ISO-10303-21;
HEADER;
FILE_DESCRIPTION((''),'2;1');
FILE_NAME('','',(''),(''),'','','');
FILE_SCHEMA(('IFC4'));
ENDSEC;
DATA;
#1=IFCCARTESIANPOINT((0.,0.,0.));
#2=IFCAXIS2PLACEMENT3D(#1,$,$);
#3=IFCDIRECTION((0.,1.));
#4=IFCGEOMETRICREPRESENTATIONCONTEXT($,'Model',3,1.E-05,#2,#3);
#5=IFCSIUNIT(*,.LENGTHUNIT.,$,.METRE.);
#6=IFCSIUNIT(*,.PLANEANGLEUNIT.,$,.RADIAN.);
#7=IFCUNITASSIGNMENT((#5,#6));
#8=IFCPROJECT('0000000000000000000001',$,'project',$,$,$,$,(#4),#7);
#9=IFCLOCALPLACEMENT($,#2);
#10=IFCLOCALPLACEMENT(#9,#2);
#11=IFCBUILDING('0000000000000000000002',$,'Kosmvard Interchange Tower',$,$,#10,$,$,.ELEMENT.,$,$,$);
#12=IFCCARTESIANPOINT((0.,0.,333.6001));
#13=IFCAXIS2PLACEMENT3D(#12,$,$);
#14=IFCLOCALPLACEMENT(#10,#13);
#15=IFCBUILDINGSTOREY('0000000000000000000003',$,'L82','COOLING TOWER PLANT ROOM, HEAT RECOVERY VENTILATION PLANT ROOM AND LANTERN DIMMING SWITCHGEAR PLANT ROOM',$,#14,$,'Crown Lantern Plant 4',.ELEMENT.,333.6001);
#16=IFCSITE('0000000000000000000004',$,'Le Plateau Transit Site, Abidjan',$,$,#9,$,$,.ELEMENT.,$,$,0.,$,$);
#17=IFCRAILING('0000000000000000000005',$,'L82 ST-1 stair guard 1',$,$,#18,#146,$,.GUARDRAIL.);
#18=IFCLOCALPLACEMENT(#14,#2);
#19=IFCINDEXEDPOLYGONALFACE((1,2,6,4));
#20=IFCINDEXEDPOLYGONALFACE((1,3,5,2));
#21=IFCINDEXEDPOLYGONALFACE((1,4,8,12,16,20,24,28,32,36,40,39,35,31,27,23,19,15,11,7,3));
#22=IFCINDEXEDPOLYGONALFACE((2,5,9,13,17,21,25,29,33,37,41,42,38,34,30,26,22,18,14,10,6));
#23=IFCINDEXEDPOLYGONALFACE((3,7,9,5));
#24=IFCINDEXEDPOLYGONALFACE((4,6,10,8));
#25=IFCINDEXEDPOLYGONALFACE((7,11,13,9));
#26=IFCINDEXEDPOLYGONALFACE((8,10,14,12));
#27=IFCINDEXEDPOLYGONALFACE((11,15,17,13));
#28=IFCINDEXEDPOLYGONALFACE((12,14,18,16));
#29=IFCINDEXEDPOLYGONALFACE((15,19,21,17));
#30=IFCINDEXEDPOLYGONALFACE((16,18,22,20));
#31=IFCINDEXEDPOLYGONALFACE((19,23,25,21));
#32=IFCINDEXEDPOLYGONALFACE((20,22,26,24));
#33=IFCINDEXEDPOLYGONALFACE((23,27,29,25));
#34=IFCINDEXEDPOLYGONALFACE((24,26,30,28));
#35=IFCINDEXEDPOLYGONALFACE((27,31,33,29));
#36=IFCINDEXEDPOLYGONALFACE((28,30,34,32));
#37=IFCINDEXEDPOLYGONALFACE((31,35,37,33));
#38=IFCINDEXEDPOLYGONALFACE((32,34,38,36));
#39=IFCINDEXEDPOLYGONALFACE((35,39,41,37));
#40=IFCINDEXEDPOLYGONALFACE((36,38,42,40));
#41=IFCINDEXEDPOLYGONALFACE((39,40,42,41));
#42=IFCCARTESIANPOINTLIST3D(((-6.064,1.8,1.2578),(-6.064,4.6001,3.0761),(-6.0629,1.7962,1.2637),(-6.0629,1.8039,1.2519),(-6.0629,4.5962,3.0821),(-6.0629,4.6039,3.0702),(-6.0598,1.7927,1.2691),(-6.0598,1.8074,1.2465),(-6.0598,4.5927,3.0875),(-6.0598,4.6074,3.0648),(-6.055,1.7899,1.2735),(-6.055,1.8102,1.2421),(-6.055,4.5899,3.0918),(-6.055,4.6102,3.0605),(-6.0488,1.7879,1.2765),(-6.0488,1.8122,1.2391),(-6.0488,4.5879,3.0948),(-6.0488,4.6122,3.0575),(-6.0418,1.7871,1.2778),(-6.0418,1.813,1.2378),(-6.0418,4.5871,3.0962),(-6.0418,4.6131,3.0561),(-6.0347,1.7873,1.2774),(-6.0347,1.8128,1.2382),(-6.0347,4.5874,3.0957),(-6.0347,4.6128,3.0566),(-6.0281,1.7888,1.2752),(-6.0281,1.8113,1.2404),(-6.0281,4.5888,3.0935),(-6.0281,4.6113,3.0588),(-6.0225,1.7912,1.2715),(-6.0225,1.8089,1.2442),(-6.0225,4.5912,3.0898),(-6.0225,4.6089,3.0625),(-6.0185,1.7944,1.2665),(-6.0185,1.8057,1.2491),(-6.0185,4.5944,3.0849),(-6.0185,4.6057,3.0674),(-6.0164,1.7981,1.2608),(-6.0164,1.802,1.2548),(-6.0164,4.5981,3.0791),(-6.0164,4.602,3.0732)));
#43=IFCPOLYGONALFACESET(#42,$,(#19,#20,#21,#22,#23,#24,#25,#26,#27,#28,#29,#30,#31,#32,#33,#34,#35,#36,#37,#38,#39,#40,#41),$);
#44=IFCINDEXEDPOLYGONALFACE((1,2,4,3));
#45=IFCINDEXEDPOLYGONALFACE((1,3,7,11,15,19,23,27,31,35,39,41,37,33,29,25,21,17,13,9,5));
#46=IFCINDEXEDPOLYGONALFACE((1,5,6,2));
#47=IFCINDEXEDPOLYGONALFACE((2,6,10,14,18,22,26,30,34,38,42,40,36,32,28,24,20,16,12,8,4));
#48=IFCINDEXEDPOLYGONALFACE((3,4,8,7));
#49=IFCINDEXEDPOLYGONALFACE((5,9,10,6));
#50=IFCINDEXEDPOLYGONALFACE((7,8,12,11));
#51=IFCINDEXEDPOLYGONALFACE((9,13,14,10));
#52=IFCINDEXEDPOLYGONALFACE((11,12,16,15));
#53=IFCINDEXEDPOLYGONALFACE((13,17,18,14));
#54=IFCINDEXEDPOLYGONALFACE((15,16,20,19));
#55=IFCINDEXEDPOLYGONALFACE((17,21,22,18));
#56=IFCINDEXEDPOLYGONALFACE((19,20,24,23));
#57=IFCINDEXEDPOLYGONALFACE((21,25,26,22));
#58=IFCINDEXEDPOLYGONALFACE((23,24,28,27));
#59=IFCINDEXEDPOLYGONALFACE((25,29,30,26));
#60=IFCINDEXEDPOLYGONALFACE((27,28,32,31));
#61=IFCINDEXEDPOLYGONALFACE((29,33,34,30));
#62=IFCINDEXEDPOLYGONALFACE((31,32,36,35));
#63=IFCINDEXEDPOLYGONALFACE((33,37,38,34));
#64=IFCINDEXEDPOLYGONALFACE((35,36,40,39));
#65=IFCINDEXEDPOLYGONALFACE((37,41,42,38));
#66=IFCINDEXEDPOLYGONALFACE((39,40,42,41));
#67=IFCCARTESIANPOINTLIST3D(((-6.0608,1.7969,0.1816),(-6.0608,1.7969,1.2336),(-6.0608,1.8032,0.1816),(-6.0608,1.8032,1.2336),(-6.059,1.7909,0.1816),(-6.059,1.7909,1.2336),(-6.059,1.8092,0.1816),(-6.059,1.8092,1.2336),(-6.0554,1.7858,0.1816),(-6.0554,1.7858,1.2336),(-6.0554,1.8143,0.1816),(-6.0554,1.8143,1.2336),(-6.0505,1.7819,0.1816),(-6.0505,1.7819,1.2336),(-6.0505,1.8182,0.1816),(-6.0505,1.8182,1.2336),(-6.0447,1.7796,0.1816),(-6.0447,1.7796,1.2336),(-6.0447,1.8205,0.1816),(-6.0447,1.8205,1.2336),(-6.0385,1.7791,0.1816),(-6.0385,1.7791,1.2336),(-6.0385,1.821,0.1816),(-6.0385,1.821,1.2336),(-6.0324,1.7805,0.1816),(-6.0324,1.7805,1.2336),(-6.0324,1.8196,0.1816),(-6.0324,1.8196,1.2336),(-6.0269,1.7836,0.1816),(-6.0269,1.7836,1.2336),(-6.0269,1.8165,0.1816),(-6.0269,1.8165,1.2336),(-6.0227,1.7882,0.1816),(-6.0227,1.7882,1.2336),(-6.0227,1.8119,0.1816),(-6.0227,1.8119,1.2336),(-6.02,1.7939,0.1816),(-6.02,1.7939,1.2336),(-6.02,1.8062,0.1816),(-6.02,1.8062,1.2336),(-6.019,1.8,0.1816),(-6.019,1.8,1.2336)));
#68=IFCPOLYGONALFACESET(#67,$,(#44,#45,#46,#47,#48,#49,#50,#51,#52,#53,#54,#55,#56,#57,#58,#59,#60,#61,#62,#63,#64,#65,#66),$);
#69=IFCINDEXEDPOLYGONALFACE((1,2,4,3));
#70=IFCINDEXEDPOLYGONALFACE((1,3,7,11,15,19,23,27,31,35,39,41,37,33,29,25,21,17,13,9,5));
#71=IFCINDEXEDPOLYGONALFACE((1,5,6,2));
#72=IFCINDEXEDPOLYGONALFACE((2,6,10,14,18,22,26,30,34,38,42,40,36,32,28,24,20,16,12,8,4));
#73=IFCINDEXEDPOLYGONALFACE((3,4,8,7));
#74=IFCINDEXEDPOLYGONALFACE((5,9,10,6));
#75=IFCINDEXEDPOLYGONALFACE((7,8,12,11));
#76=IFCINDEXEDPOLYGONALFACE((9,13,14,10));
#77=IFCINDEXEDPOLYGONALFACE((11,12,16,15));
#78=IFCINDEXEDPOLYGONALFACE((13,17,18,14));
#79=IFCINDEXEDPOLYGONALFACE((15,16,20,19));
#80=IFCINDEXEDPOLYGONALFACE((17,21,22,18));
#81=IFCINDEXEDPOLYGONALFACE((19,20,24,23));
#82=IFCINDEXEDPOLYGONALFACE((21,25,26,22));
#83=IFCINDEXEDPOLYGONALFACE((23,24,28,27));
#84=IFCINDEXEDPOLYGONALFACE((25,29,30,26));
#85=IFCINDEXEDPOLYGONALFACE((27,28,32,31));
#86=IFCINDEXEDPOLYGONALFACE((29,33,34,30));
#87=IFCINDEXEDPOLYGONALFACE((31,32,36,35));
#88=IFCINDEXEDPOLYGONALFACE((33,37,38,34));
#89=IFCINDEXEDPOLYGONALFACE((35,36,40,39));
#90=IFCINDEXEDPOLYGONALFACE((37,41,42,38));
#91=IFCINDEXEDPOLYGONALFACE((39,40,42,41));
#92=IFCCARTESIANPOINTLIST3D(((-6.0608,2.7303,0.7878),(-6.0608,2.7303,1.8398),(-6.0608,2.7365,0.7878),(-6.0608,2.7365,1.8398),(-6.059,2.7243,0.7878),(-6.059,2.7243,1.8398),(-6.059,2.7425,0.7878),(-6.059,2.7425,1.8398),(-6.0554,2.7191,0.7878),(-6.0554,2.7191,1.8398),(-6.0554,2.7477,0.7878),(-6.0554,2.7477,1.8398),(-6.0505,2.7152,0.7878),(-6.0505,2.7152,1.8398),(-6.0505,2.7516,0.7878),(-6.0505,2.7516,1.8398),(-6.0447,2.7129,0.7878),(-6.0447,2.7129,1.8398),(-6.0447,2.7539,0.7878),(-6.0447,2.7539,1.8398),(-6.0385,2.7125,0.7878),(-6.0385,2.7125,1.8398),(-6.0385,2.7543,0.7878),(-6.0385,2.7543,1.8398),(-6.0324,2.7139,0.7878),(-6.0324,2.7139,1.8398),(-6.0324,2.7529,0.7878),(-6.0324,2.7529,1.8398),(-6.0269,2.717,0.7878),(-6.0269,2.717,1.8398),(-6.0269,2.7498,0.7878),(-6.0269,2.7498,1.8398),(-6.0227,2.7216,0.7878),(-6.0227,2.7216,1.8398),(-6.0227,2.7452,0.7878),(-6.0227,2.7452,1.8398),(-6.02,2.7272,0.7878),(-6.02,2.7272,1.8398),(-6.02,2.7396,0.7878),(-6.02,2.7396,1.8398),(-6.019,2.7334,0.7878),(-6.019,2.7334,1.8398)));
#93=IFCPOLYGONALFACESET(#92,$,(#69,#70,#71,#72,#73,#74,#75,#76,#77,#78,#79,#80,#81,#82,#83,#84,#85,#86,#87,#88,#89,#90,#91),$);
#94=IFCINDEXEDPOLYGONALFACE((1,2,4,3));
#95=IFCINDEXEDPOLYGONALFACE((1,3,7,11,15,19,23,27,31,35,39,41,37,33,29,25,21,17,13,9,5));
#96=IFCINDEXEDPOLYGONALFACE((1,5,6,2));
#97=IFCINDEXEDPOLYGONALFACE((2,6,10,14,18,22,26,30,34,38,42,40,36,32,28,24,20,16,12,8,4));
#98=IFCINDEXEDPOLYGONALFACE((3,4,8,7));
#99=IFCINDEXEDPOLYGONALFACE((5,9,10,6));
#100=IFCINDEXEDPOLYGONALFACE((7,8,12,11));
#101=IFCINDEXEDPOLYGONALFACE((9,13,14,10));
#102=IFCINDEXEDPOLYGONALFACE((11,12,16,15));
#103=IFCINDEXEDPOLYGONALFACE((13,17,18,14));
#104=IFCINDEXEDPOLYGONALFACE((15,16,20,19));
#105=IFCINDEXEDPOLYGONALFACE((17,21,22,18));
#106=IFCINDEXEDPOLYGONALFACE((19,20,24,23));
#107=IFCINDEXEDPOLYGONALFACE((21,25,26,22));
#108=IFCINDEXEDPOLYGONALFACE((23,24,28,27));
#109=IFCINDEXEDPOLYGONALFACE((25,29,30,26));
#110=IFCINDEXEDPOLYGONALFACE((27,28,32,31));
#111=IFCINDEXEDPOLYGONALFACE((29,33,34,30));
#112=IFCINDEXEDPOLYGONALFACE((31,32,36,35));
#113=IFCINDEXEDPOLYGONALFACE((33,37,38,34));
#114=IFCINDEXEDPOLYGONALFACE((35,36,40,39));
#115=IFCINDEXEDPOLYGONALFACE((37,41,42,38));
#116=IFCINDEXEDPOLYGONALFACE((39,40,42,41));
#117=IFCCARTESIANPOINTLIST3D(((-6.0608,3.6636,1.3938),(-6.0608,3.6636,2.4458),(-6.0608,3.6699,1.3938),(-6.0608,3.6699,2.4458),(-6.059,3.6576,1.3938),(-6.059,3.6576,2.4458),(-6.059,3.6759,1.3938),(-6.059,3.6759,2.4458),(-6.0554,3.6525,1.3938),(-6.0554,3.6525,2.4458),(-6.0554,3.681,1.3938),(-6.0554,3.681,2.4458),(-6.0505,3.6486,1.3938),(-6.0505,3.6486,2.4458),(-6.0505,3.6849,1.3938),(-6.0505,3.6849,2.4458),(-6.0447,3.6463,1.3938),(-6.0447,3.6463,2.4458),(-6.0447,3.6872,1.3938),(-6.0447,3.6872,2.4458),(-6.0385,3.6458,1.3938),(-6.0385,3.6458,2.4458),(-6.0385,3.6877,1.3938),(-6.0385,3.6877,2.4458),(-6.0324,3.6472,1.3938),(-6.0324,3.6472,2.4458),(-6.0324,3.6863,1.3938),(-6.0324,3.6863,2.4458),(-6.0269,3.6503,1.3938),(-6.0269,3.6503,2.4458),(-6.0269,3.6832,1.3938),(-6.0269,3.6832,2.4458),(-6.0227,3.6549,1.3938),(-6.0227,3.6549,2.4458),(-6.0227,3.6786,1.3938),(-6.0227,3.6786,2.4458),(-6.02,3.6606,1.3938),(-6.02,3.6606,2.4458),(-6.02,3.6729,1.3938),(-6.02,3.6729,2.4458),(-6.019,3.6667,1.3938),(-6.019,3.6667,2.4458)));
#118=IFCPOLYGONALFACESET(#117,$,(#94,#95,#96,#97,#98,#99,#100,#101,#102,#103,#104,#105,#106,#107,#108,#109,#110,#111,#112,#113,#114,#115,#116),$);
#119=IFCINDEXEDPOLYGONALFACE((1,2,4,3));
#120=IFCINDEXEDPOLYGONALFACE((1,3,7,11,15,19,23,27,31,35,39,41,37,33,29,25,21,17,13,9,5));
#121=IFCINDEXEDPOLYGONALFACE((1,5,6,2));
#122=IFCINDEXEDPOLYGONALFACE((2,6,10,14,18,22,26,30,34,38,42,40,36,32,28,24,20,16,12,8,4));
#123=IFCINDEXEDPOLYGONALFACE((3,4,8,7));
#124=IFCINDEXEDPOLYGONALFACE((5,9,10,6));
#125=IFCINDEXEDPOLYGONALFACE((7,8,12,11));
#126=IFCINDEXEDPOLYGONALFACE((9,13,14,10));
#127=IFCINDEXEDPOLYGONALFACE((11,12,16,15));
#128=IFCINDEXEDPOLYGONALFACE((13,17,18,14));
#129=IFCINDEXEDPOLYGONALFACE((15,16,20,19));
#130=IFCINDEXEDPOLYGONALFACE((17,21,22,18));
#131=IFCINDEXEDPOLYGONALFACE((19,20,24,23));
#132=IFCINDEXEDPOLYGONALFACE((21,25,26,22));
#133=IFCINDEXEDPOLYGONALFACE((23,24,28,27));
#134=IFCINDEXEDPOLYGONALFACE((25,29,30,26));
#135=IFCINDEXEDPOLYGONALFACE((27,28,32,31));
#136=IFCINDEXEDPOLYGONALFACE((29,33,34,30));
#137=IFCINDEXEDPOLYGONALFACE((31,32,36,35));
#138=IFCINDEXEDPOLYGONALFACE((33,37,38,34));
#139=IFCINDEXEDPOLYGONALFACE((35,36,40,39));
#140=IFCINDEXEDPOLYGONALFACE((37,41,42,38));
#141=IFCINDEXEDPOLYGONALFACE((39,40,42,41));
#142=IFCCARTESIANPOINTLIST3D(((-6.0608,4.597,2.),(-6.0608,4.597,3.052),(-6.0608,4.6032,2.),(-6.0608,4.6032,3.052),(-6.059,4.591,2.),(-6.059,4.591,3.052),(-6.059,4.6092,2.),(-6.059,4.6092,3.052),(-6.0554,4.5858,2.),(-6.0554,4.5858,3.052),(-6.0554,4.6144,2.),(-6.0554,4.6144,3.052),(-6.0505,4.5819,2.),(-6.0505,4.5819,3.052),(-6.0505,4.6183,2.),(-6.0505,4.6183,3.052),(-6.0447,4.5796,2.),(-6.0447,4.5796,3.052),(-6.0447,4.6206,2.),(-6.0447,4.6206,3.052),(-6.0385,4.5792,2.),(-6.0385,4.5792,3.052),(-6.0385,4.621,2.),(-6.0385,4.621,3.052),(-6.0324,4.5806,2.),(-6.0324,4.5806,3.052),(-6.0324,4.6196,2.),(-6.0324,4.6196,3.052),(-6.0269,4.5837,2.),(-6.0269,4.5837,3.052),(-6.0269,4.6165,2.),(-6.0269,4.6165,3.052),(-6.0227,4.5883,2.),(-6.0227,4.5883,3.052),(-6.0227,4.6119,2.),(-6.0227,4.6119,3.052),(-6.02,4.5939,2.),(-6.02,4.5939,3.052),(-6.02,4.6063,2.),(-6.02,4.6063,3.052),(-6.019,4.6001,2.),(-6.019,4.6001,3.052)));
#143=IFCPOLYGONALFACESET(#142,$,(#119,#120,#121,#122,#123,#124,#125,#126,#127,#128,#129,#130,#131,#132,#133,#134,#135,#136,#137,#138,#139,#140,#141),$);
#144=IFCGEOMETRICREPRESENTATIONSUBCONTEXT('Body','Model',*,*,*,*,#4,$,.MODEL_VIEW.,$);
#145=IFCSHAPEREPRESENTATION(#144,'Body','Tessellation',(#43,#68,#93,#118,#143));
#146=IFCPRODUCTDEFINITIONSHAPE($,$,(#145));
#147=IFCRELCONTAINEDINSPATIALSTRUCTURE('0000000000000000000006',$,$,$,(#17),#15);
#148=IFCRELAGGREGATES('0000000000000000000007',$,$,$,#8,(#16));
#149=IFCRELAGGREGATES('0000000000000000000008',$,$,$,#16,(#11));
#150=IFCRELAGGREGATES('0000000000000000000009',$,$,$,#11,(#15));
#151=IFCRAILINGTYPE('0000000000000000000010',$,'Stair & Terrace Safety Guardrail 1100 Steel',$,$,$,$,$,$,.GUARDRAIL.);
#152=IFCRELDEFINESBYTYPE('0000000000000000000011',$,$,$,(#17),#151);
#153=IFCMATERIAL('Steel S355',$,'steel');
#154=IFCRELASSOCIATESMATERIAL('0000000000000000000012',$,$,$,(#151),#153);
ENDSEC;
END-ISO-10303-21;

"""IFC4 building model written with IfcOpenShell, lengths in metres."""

from ifc_helpers import new_model, si_unit, direction, frame, origin, origin_2d, place, context, subcontext, project, spatial, circle, extrude, source, transform, mapped, material, type_object, element, save


model = new_model("IFC4")

# Units and contexts
model_context = context("Model", 3, precision=1e-05, world=origin(), true_north=direction((0.0, 1.0)))
body_context = subcontext(model_context, "Body", "Model", "MODEL_VIEW")
ifc_project = project(units=[si_unit("LENGTHUNIT", "METRE"), si_unit("PLANEANGLEUNIT", "RADIAN")], contexts=[model_context])

# Site, building, storey
site_placement = place(None, origin())
site = spatial("IfcSite", under=ifc_project, at=site_placement, Name="Le Plateau Transit Site, Abidjan", CompositionType="ELEMENT", RefElevation=0.0)
building_placement = place(site_placement, origin())
building = spatial("IfcBuilding", under=site, at=building_placement, Name="Kosmvard Interchange Tower", CompositionType="ELEMENT")
storey_placement = place(building_placement, frame((0.0, 0.0, 333.6001)))
storey = spatial("IfcBuildingStorey", under=building, at=storey_placement, Name="L82", Description="COOLING TOWER PLANT ROOM, HEAT RECOVERY VENTILATION PLANT ROOM AND LANTERN DIMMING SWITCHGEAR PLANT ROOM", LongName="Crown Lantern Plant 4", CompositionType="ELEMENT", Elevation=333.6001)

# Shared definitions
ifc_material_1 = material(Name="Steel S355", Category="steel")

# Railing
railing_type_1 = type_object("IfcRailingType", Name="Stair & Terrace Safety Guardrail 1100 Steel", PredefinedType="GUARDRAIL", material=ifc_material_1)
shared_shape_1 = source(origin(), body_context, "Body", "SweptSolid", [
    extrude(circle(Radius=0.0239, at=origin_2d()), frame((0.0, 0.0, 1.0762), z_axis=(0.0, 0.838672, 0.544636), x_axis=(-1.0, 0.0, 0.0)), (0.0, 0.0, 1.0), 3.3386),
    extrude(circle(Radius=0.021, at=origin_2d()), origin(), (0.0, 0.0, 1.0), 1.052),
    extrude(circle(Radius=0.021, at=origin_2d()), frame((0.0, 0.9333, 0.6062)), (0.0, 0.0, 1.0), 1.052),
    extrude(circle(Radius=0.021, at=origin_2d()), frame((0.0, 1.8667, 1.2122)), (0.0, 0.0, 1.0), 1.052),
    extrude(circle(Radius=0.021, at=origin_2d()), frame((0.0, 2.8, 1.8184)), (0.0, 0.0, 1.0), 1.052),
])
railing_1_placement = place(storey_placement, frame((-6.04, 1.8, 0.1816)))
element("IfcRailing", 1, at=railing_1_placement, inside=storey, type_object=railing_type_1, Name="L82 ST-1 stair guard 1", PredefinedType="GUARDRAIL", context=body_context, shape_type="MappedRepresentation", body=[
    mapped(shared_shape_1, transform((0.0, 0.0, 0.0), scale=1.0)),
])

save(model, "model.ifc")
